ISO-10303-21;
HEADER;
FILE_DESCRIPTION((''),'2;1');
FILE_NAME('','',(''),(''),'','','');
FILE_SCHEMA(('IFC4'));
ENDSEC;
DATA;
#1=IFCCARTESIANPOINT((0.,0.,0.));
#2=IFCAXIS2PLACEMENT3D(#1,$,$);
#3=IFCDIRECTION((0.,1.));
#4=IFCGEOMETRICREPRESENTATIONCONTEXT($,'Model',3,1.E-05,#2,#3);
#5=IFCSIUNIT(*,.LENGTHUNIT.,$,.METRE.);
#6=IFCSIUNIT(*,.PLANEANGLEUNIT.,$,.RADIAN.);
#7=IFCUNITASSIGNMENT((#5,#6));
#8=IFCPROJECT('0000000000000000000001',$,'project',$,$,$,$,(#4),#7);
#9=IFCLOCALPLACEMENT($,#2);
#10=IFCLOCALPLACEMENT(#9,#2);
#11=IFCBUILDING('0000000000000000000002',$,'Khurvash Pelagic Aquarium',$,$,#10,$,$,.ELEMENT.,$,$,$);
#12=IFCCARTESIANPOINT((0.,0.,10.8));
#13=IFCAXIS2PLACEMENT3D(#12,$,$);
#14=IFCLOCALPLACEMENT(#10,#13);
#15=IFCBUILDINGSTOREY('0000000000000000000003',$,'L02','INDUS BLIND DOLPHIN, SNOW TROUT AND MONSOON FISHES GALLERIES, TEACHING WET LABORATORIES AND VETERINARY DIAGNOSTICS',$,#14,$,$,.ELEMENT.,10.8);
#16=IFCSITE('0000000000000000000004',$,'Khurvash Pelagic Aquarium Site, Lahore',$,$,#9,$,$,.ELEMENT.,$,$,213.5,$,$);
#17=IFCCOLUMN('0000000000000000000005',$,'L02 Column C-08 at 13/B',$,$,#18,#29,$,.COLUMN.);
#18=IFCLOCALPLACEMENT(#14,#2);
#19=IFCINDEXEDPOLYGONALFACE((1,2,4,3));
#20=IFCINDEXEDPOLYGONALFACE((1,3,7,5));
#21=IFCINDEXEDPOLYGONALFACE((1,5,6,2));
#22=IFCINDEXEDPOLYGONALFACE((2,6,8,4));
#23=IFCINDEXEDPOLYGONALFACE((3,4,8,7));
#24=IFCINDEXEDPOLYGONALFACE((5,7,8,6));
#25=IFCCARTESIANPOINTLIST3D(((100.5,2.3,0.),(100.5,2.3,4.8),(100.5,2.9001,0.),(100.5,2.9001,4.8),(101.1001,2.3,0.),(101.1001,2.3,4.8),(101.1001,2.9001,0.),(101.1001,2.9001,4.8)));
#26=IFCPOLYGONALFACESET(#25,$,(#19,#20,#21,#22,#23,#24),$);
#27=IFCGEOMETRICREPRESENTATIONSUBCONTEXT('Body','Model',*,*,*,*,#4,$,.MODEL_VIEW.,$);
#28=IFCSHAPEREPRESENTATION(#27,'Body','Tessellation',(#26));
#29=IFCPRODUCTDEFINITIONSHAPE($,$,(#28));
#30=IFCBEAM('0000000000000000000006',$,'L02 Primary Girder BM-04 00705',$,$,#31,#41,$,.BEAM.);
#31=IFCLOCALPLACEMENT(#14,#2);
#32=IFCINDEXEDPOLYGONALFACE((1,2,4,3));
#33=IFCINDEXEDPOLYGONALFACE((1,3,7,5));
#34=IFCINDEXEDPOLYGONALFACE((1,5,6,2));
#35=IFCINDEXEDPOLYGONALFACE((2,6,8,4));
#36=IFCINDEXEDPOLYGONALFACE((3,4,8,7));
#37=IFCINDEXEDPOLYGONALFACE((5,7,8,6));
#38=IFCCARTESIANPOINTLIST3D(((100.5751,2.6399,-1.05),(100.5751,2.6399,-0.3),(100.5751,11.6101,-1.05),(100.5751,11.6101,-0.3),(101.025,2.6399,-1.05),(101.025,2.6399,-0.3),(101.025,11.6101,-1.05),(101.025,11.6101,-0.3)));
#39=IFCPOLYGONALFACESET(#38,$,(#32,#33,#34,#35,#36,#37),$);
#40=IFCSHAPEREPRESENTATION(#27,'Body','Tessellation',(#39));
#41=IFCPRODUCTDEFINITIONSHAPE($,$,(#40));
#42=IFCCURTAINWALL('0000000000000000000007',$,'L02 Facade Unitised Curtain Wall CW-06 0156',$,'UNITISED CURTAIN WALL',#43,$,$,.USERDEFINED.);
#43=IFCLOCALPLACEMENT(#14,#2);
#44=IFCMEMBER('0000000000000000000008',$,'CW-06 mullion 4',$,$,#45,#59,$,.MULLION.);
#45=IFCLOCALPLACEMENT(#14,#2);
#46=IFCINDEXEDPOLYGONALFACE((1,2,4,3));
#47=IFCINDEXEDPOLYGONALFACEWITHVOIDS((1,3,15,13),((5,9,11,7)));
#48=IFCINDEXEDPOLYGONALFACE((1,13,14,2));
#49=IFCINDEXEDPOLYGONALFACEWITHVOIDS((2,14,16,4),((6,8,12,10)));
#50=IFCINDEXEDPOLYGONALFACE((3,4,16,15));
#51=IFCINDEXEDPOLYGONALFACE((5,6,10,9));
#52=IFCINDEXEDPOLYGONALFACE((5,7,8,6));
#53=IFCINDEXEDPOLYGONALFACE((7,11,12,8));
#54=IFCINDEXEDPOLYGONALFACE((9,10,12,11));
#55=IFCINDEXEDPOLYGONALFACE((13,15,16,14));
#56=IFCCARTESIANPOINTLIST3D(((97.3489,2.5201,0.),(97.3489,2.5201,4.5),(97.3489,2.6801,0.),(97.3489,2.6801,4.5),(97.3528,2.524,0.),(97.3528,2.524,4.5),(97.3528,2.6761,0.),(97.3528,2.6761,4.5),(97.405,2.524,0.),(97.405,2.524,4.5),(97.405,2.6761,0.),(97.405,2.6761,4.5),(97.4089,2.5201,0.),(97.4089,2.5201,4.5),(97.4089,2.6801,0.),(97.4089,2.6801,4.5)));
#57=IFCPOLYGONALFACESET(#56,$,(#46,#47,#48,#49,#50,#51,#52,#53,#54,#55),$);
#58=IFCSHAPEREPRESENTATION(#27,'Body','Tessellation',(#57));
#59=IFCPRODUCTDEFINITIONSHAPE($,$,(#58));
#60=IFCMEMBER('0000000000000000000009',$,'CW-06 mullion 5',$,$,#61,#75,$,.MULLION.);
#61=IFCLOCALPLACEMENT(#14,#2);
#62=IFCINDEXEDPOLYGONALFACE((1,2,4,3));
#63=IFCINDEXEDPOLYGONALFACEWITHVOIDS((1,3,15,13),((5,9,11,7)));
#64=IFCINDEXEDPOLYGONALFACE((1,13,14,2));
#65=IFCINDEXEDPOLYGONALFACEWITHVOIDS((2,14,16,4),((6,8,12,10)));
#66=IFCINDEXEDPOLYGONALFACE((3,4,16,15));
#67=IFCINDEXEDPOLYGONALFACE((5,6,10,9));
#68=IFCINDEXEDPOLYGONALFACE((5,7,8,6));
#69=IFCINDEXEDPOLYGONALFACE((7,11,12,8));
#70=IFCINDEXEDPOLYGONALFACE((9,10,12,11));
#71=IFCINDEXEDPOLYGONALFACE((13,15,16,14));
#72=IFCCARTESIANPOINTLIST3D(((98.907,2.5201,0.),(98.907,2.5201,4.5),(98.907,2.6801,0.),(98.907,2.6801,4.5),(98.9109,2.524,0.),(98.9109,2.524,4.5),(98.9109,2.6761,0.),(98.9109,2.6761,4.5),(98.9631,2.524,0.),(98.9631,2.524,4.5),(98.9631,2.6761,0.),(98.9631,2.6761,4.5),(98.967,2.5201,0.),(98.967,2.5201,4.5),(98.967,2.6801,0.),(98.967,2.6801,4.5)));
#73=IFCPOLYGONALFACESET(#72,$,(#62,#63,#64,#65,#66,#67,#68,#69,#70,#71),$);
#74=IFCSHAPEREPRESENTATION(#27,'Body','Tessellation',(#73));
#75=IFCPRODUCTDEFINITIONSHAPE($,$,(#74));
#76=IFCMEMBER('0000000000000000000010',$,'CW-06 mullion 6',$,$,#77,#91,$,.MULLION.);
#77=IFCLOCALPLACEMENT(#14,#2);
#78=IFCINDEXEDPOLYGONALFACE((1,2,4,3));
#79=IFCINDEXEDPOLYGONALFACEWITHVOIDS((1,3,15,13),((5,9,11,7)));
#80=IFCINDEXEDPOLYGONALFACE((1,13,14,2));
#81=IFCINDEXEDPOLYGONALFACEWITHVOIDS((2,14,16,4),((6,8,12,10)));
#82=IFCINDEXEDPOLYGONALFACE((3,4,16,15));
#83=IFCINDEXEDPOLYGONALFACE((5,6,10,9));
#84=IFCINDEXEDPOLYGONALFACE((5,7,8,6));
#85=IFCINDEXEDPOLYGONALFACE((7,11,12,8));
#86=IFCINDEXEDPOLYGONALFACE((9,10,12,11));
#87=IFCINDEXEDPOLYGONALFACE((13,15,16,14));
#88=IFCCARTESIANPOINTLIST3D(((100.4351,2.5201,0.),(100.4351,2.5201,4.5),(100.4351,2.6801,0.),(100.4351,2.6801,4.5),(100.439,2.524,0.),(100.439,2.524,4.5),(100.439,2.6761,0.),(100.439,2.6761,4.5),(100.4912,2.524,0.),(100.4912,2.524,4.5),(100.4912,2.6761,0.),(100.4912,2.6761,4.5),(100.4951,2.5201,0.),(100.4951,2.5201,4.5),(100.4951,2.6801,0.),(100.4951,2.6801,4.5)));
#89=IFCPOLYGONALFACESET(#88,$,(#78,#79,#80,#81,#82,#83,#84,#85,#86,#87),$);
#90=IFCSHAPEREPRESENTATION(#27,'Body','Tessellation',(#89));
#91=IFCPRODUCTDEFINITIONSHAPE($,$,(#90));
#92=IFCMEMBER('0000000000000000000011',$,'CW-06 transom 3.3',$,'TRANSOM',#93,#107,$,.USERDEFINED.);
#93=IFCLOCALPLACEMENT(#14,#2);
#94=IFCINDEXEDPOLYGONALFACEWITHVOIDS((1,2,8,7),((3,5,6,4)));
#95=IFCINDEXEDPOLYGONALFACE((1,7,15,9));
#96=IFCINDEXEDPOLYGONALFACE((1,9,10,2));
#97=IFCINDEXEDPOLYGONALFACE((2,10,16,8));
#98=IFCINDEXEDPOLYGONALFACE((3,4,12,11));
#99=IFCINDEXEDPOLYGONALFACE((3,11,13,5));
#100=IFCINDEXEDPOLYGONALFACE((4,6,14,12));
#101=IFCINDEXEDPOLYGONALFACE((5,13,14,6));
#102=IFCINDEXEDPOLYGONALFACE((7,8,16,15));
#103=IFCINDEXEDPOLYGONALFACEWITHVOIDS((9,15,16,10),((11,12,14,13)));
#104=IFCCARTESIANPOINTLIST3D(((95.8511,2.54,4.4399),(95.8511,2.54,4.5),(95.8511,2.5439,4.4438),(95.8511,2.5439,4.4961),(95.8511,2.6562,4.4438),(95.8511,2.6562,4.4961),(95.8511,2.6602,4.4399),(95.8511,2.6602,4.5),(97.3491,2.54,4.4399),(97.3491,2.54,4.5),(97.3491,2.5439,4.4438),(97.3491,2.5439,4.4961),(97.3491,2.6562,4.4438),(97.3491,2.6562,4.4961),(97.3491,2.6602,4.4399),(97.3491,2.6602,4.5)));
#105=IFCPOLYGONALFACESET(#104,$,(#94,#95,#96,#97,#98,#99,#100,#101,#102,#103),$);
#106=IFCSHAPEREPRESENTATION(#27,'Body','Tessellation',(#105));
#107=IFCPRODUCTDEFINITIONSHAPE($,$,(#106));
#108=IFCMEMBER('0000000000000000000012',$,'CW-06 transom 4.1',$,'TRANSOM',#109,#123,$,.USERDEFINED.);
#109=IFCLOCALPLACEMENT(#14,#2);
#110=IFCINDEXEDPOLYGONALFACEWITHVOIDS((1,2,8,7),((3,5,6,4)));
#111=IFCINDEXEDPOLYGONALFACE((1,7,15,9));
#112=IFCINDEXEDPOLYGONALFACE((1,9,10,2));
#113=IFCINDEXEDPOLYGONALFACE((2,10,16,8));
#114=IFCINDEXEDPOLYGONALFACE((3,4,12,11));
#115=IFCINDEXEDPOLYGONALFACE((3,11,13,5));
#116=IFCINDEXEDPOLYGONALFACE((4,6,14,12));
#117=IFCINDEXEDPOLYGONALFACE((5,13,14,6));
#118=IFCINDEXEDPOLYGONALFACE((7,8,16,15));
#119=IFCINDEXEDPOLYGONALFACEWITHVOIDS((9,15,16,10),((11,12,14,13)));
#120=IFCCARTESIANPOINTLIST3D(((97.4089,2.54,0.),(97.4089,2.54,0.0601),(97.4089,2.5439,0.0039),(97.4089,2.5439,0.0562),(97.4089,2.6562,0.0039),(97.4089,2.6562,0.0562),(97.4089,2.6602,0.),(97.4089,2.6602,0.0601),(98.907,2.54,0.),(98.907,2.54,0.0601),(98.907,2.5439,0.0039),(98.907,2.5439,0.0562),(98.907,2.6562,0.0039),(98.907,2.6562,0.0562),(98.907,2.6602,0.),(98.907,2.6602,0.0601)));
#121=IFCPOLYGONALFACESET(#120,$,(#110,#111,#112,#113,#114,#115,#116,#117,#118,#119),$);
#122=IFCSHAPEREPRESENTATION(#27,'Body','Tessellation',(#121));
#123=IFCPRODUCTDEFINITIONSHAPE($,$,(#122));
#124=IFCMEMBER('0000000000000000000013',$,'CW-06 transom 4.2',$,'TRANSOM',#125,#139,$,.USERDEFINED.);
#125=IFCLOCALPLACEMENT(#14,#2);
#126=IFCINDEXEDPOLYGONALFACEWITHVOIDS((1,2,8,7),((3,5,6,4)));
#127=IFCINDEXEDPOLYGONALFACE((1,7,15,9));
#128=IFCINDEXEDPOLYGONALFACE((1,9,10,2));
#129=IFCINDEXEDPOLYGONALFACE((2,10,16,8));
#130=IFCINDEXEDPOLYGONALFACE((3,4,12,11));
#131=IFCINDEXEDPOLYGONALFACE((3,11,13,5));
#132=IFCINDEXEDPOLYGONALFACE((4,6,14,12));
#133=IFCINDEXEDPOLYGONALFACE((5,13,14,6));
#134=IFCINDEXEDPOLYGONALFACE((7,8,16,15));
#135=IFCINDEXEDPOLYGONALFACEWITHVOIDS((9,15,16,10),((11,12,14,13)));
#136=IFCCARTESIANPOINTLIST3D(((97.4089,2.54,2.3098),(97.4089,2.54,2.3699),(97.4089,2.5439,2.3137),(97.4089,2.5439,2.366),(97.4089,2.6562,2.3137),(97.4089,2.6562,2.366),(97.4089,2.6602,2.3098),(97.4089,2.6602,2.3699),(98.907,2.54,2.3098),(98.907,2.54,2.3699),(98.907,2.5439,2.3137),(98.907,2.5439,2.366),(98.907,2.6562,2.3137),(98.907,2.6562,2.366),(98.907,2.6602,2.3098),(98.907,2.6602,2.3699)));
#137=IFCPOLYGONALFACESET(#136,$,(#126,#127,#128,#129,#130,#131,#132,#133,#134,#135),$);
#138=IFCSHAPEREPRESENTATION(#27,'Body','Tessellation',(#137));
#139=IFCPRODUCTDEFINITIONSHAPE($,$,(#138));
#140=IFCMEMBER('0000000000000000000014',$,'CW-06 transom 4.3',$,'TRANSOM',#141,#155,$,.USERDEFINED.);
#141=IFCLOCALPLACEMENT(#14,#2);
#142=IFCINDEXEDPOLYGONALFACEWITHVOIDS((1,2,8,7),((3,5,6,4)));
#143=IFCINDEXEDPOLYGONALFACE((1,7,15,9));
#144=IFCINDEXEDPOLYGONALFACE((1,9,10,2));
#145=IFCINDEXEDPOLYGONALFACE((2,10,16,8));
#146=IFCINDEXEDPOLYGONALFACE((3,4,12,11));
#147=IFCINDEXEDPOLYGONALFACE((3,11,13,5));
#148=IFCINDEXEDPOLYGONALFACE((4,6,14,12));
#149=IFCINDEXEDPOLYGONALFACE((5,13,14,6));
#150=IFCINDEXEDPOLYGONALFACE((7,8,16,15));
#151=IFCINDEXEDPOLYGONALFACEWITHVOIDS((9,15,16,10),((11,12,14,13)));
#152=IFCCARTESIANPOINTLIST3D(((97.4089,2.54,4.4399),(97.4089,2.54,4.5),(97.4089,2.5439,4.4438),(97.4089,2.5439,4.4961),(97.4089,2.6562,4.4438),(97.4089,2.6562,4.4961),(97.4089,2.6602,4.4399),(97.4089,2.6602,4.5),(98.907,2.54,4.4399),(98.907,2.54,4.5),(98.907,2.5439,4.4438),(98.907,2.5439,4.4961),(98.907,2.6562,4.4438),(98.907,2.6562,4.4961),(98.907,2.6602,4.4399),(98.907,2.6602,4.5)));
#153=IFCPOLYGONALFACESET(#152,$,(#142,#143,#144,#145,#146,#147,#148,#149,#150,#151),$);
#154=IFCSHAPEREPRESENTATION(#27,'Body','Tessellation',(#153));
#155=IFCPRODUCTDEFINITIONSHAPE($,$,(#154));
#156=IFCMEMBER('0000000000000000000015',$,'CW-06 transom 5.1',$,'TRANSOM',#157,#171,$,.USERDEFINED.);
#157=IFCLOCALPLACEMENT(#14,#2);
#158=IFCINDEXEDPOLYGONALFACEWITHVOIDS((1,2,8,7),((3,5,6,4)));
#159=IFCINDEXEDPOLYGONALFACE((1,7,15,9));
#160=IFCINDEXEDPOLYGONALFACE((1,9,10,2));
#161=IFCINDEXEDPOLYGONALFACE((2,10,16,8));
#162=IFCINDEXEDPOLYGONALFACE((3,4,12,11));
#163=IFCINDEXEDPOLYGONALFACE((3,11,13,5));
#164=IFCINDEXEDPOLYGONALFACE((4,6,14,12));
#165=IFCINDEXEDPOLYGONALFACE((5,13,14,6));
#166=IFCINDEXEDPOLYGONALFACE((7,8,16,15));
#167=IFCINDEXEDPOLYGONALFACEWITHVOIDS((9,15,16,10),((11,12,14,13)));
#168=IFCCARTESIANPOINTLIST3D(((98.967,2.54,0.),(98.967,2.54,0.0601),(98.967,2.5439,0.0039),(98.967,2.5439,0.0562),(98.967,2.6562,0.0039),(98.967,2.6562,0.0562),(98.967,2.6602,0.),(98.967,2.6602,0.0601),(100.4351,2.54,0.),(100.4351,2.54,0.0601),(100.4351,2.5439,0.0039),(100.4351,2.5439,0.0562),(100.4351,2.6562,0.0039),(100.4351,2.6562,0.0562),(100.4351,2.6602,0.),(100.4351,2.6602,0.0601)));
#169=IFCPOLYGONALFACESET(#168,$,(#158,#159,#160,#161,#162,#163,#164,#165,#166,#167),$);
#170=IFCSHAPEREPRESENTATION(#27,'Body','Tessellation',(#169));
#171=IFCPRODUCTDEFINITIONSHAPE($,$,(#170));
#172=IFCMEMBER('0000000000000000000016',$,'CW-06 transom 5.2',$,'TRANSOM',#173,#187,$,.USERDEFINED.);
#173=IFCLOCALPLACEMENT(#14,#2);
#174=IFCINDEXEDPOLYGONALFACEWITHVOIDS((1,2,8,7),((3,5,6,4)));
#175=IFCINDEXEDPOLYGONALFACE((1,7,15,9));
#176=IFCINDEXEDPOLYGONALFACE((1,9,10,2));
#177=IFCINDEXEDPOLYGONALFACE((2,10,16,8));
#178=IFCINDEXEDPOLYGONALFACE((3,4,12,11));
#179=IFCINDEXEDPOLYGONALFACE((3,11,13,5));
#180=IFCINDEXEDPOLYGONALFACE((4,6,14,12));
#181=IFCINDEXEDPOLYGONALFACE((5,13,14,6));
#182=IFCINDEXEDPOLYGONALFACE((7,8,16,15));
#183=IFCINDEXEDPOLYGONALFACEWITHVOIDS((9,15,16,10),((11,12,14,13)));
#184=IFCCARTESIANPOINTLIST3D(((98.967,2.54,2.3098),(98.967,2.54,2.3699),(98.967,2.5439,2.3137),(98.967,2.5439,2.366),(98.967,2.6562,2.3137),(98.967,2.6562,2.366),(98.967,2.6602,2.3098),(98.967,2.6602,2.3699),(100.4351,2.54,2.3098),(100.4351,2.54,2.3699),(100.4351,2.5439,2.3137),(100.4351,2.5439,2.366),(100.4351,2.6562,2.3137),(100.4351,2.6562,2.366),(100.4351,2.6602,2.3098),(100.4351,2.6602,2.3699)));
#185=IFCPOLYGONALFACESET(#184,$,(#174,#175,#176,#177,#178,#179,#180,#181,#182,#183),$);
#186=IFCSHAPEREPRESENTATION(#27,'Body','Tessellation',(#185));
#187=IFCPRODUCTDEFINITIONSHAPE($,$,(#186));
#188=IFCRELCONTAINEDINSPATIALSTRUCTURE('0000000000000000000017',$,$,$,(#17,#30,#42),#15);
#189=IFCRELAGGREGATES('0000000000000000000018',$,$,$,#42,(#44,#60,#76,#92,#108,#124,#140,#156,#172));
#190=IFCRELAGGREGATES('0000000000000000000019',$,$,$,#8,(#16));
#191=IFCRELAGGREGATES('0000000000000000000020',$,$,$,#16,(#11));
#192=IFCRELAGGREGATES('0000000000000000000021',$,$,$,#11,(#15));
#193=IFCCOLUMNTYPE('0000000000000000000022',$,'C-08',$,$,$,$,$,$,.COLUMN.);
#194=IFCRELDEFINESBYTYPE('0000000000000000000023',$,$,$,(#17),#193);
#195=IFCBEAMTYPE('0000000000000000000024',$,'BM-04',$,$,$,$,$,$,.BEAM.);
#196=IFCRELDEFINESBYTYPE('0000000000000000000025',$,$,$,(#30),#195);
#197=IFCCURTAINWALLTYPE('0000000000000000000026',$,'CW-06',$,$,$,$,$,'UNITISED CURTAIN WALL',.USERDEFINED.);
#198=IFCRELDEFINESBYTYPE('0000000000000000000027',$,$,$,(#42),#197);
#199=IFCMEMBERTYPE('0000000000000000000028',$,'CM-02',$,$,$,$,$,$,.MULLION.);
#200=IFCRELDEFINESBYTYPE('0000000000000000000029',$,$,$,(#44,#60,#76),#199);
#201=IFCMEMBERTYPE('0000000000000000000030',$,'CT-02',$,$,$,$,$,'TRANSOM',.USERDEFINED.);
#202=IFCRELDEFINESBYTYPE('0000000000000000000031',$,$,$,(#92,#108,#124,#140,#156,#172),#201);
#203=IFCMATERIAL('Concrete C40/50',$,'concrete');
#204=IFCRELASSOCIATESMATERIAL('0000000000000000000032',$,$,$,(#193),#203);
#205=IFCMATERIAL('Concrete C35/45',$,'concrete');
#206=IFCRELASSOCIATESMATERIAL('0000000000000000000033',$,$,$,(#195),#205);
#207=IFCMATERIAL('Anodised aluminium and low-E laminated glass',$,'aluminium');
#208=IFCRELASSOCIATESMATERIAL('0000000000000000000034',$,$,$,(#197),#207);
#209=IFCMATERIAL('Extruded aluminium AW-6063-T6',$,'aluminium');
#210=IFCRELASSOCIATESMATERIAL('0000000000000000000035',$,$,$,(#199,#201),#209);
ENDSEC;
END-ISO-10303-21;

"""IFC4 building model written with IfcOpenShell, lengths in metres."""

from ifc_helpers import new_model, si_unit, direction, frame, origin, origin_2d, place, context, subcontext, project, spatial, rectangle, hollow_rectangle, extrude, material, material_profile, profile_set, type_object, element, aggregate, save


model = new_model("IFC4")

# Units and contexts
model_context = context("Model", 3, precision=1e-05, world=origin(), true_north=direction((0.0, 1.0)))
body_context = subcontext(model_context, "Body", "Model", "MODEL_VIEW")
ifc_project = project(units=[si_unit("LENGTHUNIT", "METRE"), si_unit("PLANEANGLEUNIT", "RADIAN")], contexts=[model_context])

# Site, building, storey
site_placement = place(None, origin())
site = spatial("IfcSite", under=ifc_project, at=site_placement, Name="Khurvash Pelagic Aquarium Site, Lahore", CompositionType="ELEMENT", RefElevation=213.5)
building_placement = place(site_placement, origin())
building = spatial("IfcBuilding", under=site, at=building_placement, Name="Khurvash Pelagic Aquarium", CompositionType="ELEMENT")
storey_placement = place(building_placement, frame((0.0, 0.0, 10.8)))
storey = spatial("IfcBuildingStorey", under=building, at=storey_placement, Name="L02", Description="INDUS BLIND DOLPHIN, SNOW TROUT AND MONSOON FISHES GALLERIES, TEACHING WET LABORATORIES AND VETERINARY DIAGNOSTICS", CompositionType="ELEMENT", Elevation=10.8)

# Column
ifc_material_1 = material(Name="Concrete C40/50", Category="concrete")
ifc_material_profile_1 = material_profile(ifc_material_1, rectangle(XDim=0.6001, YDim=0.6001, at=origin_2d()), Name="RC600X600")
ifc_profile_set_1 = profile_set([ifc_material_profile_1], Name="Concrete C40/50")
column_type = type_object("IfcColumnType", Name="C-08", PredefinedType="COLUMN", material=ifc_profile_set_1)
column_placement = place(storey_placement, frame((100.8, 2.6001, 0.0), z_axis=(0.0, 0.0, 1.0), x_axis=(1.0, 0.0, 0.0)))
element("IfcColumn", 1, at=column_placement, inside=storey, type_object=column_type, Name="L02 Column C-08 at 13/B", PredefinedType="COLUMN", context=body_context, shape_type="SweptSolid", body=[
    extrude(rectangle(XDim=0.6001, YDim=0.6001, at=origin_2d()), origin(), (0.0, 0.0, 1.0), 4.8),
])

# Beam
ifc_material_2 = material(Name="Concrete C35/45", Category="concrete")
ifc_material_profile_2 = material_profile(ifc_material_2, rectangle(XDim=0.45, YDim=0.75, at=origin_2d()), Name="RC450X750")
ifc_profile_set_2 = profile_set([ifc_material_profile_2], Name="Concrete C35/45")
beam_type_1 = type_object("IfcBeamType", Name="BM-04", PredefinedType="BEAM", material=ifc_profile_set_2)
beam_1_placement = place(storey_placement, frame((100.8, 2.6399, -0.675), z_axis=(0.0, 1.0, 0.0), x_axis=(-1.0, 0.0, 0.0)))
element("IfcBeam", 2, at=beam_1_placement, inside=storey, type_object=beam_type_1, Name="L02 Primary Girder BM-04 00705", PredefinedType="BEAM", context=body_context, shape_type="SweptSolid", body=[
    extrude(rectangle(XDim=0.45, YDim=0.75, at=origin_2d()), origin(), (0.0, 0.0, 1.0), 8.9702),
])

# Curtain wall, members
ifc_material_3 = material(Name="Anodised aluminium and low-E laminated glass", Category="aluminium")
curtain_wall_type = type_object("IfcCurtainWallType", Name="CW-06", ElementType="UNITISED CURTAIN WALL", PredefinedType="USERDEFINED", material=ifc_material_3)
curtain_wall_placement = place(storey_placement, origin())
curtain_wall = element("IfcCurtainWall", 3, at=curtain_wall_placement, inside=storey, type_object=curtain_wall_type, Name="L02 Facade Unitised Curtain Wall CW-06 0156", ObjectType="UNITISED CURTAIN WALL", PredefinedType="USERDEFINED")
ifc_material_4 = material(Name="Extruded aluminium AW-6063-T6", Category="aluminium")
ifc_material_profile_3 = material_profile(ifc_material_4, hollow_rectangle(XDim=0.0601, YDim=0.1599, WallThickness=0.0039, at=origin_2d()), Name="CWM60X160X4")
ifc_profile_set_3 = profile_set([ifc_material_profile_3], Name="Extruded aluminium AW-6063-T6")
member_type_1 = type_object("IfcMemberType", Name="CM-02", PredefinedType="MULLION", material=ifc_profile_set_3)
member_1_placement = place(storey_placement, frame((97.3789, 2.6001, 0.0), z_axis=(0.0, 0.0, 1.0), x_axis=(1.0, 0.0, 0.0)))
member_1 = element("IfcMember", 4, at=member_1_placement, type_object=member_type_1, Name="CW-06 mullion 4", PredefinedType="MULLION", context=body_context, shape_type="SweptSolid", body=[
    extrude(hollow_rectangle(XDim=0.0601, YDim=0.1599, WallThickness=0.0039, at=origin_2d()), origin(), (0.0, 0.0, 1.0), 4.5),
])
member_2_placement = place(storey_placement, frame((98.937, 2.6001, 0.0), z_axis=(0.0, 0.0, 1.0), x_axis=(1.0, 0.0, 0.0)))
member_2 = element("IfcMember", 5, at=member_2_placement, type_object=member_type_1, Name="CW-06 mullion 5", PredefinedType="MULLION", context=body_context, shape_type="SweptSolid", body=[
    extrude(hollow_rectangle(XDim=0.0601, YDim=0.1599, WallThickness=0.0039, at=origin_2d()), origin(), (0.0, 0.0, 1.0), 4.5),
])
member_3_placement = place(storey_placement, frame((100.4651, 2.6001, 0.0), z_axis=(0.0, 0.0, 1.0), x_axis=(1.0, 0.0, 0.0)))
member_3 = element("IfcMember", 6, at=member_3_placement, type_object=member_type_1, Name="CW-06 mullion 6", PredefinedType="MULLION", context=body_context, shape_type="SweptSolid", body=[
    extrude(hollow_rectangle(XDim=0.0601, YDim=0.1599, WallThickness=0.0039, at=origin_2d()), origin(), (0.0, 0.0, 1.0), 4.5),
])
ifc_material_profile_4 = material_profile(ifc_material_4, hollow_rectangle(XDim=0.1201, YDim=0.0601, WallThickness=0.0039, at=origin_2d()), Name="CWT120X60X4")
ifc_profile_set_4 = profile_set([ifc_material_profile_4], Name="Extruded aluminium AW-6063-T6")
member_type_2 = type_object("IfcMemberType", Name="CT-02", ElementType="TRANSOM", PredefinedType="USERDEFINED", material=ifc_profile_set_4)
member_4_placement = place(storey_placement, frame((95.8511, 2.6001, 4.47), z_axis=(1.0, 0.0, 0.0), x_axis=(0.0, 1.0, 0.0)))
member_4 = element("IfcMember", 7, at=member_4_placement, type_object=member_type_2, Name="CW-06 transom 3.3", ObjectType="TRANSOM", PredefinedType="USERDEFINED", context=body_context, shape_type="SweptSolid", body=[
    extrude(hollow_rectangle(XDim=0.1201, YDim=0.0601, WallThickness=0.0039, at=origin_2d()), origin(), (0.0, 0.0, 1.0), 1.498),
])
member_5_placement = place(storey_placement, frame((97.4089, 2.6001, 0.03), z_axis=(1.0, 0.0, 0.0), x_axis=(0.0, 1.0, 0.0)))
member_5 = element("IfcMember", 8, at=member_5_placement, type_object=member_type_2, Name="CW-06 transom 4.1", ObjectType="TRANSOM", PredefinedType="USERDEFINED", context=body_context, shape_type="SweptSolid", body=[
    extrude(hollow_rectangle(XDim=0.1201, YDim=0.0601, WallThickness=0.0039, at=origin_2d()), origin(), (0.0, 0.0, 1.0), 1.498),
])
member_6_placement = place(storey_placement, frame((97.4089, 2.6001, 2.3398), z_axis=(1.0, 0.0, 0.0), x_axis=(0.0, 1.0, 0.0)))
member_6 = element("IfcMember", 9, at=member_6_placement, type_object=member_type_2, Name="CW-06 transom 4.2", ObjectType="TRANSOM", PredefinedType="USERDEFINED", context=body_context, shape_type="SweptSolid", body=[
    extrude(hollow_rectangle(XDim=0.1201, YDim=0.0601, WallThickness=0.0039, at=origin_2d()), origin(), (0.0, 0.0, 1.0), 1.498),
])
member_7_placement = place(storey_placement, frame((97.4089, 2.6001, 4.47), z_axis=(1.0, 0.0, 0.0), x_axis=(0.0, 1.0, 0.0)))
member_7 = element("IfcMember", 10, at=member_7_placement, type_object=member_type_2, Name="CW-06 transom 4.3", ObjectType="TRANSOM", PredefinedType="USERDEFINED", context=body_context, shape_type="SweptSolid", body=[
    extrude(hollow_rectangle(XDim=0.1201, YDim=0.0601, WallThickness=0.0039, at=origin_2d()), origin(), (0.0, 0.0, 1.0), 1.498),
])
member_8_placement = place(storey_placement, frame((98.967, 2.6001, 0.03), z_axis=(1.0, 0.0, 0.0), x_axis=(0.0, 1.0, 0.0)))
member_8 = element("IfcMember", 11, at=member_8_placement, type_object=member_type_2, Name="CW-06 transom 5.1", ObjectType="TRANSOM", PredefinedType="USERDEFINED", context=body_context, shape_type="SweptSolid", body=[
    extrude(hollow_rectangle(XDim=0.1201, YDim=0.0601, WallThickness=0.0039, at=origin_2d()), origin(), (0.0, 0.0, 1.0), 1.468),
])
member_9_placement = place(storey_placement, frame((98.967, 2.6001, 2.3398), z_axis=(1.0, 0.0, 0.0), x_axis=(0.0, 1.0, 0.0)))
member_9 = element("IfcMember", 12, at=member_9_placement, type_object=member_type_2, Name="CW-06 transom 5.2", ObjectType="TRANSOM", PredefinedType="USERDEFINED", context=body_context, shape_type="SweptSolid", body=[
    extrude(hollow_rectangle(XDim=0.1201, YDim=0.0601, WallThickness=0.0039, at=origin_2d()), origin(), (0.0, 0.0, 1.0), 1.468),
])

aggregate(curtain_wall, [member_1, member_2, member_3, member_4, member_5, member_6, member_7, member_8, member_9])

save(model, "model.ifc")
